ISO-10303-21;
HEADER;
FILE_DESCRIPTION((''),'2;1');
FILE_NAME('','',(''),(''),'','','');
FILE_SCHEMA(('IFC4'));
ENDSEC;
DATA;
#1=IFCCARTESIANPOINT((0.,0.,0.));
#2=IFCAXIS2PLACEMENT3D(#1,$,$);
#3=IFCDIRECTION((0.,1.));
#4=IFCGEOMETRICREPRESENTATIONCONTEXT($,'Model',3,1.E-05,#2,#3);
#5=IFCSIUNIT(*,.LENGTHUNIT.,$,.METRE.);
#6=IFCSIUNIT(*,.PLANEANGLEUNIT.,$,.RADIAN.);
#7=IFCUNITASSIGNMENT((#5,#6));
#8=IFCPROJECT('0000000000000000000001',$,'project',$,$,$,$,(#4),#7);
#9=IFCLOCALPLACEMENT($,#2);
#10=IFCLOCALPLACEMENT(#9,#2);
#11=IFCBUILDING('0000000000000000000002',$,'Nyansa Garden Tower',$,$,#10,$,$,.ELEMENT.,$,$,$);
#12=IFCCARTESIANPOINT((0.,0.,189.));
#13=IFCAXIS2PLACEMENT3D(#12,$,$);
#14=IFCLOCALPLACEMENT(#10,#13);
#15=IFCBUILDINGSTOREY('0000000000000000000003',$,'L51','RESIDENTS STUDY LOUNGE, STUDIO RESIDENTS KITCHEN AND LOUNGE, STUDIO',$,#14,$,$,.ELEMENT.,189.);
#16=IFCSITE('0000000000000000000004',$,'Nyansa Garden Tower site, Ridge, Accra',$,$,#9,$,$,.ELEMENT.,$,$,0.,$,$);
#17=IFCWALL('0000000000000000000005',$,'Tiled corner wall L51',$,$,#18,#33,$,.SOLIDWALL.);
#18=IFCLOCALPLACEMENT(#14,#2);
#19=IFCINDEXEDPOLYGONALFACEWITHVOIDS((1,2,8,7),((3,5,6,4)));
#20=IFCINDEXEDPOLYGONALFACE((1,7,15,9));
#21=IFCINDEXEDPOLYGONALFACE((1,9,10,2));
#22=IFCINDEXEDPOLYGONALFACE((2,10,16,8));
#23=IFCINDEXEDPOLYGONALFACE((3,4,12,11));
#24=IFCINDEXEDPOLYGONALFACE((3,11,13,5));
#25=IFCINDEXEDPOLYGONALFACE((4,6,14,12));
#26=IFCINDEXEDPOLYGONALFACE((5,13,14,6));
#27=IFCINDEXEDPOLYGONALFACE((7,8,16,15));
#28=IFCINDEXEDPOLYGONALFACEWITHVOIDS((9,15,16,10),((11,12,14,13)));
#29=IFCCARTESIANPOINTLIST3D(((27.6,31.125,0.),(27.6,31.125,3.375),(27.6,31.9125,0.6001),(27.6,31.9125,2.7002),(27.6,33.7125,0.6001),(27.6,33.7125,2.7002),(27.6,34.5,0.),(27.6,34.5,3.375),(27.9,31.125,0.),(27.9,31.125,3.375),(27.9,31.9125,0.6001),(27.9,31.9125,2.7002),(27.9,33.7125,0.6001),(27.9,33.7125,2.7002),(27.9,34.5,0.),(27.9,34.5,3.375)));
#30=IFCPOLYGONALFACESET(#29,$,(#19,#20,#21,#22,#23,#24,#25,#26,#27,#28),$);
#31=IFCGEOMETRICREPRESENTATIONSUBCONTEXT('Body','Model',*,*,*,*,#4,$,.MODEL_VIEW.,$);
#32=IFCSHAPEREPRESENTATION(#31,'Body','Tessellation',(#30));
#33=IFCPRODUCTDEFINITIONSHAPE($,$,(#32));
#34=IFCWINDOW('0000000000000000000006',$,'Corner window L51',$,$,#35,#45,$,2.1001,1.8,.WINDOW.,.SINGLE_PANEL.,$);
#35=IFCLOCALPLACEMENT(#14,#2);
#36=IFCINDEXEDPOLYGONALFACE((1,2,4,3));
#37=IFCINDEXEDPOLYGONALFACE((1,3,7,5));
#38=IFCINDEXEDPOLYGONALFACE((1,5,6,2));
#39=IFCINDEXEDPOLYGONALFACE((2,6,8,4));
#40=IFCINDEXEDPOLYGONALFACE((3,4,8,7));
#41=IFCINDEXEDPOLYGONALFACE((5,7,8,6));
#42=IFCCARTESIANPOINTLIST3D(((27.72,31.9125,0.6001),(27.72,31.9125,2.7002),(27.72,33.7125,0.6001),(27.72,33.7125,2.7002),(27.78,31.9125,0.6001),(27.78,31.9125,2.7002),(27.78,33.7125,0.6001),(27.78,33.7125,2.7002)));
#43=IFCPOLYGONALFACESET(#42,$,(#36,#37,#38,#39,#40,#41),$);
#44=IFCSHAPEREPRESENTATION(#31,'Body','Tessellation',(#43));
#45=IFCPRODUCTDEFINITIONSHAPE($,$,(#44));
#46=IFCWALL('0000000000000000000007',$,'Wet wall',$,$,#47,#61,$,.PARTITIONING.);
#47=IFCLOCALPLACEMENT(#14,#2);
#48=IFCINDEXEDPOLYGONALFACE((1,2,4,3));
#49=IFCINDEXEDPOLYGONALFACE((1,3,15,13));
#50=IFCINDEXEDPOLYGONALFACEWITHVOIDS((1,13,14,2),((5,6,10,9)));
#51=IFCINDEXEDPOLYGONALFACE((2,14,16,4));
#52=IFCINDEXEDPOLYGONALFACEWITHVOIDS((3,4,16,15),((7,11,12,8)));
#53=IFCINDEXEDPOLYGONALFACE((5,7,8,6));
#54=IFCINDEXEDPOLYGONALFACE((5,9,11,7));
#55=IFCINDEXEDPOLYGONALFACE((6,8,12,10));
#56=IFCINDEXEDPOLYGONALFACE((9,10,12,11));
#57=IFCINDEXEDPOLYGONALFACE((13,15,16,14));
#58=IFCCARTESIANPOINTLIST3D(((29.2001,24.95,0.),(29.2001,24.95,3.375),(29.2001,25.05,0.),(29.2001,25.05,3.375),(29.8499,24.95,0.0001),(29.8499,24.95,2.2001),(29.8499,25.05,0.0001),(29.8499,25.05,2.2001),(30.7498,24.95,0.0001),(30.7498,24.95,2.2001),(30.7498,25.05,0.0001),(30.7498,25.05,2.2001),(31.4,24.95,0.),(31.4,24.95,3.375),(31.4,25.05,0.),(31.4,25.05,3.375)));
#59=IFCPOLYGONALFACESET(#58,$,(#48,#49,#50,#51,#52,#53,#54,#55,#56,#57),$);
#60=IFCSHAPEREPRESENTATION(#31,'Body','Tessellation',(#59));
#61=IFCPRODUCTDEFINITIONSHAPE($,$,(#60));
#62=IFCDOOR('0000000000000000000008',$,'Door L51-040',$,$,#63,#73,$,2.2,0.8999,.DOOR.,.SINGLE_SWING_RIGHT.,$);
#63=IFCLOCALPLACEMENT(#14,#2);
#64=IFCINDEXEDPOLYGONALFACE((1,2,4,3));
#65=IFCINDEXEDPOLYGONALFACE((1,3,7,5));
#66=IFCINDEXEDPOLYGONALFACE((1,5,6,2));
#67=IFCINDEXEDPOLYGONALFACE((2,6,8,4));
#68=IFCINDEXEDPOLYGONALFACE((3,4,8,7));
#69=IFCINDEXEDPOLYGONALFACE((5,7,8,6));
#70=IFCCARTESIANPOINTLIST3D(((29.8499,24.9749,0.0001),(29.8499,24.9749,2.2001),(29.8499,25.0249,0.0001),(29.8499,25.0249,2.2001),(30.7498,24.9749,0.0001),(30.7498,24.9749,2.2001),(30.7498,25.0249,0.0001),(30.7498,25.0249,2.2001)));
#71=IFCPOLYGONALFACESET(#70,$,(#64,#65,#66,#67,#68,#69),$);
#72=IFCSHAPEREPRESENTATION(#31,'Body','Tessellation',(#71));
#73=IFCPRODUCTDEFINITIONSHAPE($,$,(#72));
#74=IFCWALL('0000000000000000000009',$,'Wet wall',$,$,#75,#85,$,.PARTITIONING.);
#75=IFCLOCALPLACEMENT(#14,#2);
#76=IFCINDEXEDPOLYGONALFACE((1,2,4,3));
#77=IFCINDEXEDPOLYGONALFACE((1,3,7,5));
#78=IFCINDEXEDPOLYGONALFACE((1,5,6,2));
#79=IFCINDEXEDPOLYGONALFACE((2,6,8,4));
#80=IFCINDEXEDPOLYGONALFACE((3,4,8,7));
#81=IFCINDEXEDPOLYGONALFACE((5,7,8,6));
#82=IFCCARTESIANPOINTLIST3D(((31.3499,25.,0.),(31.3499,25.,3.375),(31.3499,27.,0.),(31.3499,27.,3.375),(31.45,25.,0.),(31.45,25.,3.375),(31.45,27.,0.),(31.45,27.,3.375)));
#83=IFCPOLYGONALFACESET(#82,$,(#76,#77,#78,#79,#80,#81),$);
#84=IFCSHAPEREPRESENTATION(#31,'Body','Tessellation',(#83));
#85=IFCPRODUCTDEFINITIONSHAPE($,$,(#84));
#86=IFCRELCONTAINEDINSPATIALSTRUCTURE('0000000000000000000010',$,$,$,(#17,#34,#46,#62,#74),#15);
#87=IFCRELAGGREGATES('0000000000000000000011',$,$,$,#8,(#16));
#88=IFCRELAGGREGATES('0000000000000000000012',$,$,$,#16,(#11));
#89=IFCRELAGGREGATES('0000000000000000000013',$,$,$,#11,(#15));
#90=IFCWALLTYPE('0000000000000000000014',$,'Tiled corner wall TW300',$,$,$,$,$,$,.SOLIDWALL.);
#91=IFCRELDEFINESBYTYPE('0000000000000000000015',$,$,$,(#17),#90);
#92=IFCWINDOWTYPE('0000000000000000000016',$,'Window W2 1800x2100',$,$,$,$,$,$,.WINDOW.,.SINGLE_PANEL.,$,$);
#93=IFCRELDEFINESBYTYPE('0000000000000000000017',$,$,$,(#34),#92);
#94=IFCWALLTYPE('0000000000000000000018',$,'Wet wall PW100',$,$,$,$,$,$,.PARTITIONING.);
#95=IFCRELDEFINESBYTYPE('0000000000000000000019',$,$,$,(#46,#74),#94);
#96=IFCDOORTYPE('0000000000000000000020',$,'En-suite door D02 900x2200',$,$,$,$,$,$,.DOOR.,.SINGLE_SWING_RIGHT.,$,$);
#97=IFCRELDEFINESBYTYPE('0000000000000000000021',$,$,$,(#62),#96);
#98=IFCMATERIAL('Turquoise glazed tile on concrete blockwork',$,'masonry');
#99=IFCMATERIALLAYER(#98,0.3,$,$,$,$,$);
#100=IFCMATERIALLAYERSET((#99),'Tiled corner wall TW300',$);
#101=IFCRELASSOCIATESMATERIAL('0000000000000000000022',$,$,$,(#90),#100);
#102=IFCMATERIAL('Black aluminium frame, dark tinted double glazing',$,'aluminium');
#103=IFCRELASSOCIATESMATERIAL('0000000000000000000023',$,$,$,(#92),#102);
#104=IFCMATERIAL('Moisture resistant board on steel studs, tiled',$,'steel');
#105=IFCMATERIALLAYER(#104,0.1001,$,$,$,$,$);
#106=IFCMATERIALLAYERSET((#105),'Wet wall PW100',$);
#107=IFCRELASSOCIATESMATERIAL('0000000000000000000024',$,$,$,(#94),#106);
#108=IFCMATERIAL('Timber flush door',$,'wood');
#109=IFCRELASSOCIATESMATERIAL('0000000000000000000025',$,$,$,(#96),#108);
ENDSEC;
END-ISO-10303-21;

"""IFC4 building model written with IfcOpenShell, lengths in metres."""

from ifc_helpers import new_model, si_unit, direction, frame, frame_2d, origin, place, context, subcontext, project, spatial, rectangle, extrude, material, layer, layer_set, type_object, element, fill, save


model = new_model("IFC4")

# Units and contexts
model_context = context("Model", 3, precision=1e-05, world=origin(), true_north=direction((0.0, 1.0)))
body_context = subcontext(model_context, "Body", "Model", "MODEL_VIEW")
ifc_project = project(units=[si_unit("LENGTHUNIT", "METRE"), si_unit("PLANEANGLEUNIT", "RADIAN")], contexts=[model_context])

# Site, building, storey
site_placement = place(None, origin())
site = spatial("IfcSite", under=ifc_project, at=site_placement, Name="Nyansa Garden Tower site, Ridge, Accra", CompositionType="ELEMENT", RefElevation=0.0)
building_placement = place(site_placement, origin())
building = spatial("IfcBuilding", under=site, at=building_placement, Name="Nyansa Garden Tower", CompositionType="ELEMENT")
storey_placement = place(building_placement, frame((0.0, 0.0, 189.0)))
storey = spatial("IfcBuildingStorey", under=building, at=storey_placement, Name="L51", Description="RESIDENTS STUDY LOUNGE, STUDIO RESIDENTS KITCHEN AND LOUNGE, STUDIO", CompositionType="ELEMENT", Elevation=189.0)

# Wall, opening, window
ifc_material_1 = material(Name="Turquoise glazed tile on concrete blockwork", Category="masonry")
ifc_layer_1 = layer(ifc_material_1, 0.3)
ifc_layer_set_1 = layer_set([ifc_layer_1], Name="Tiled corner wall TW300")
wall_type_1 = type_object("IfcWallType", Name="Tiled corner wall TW300", PredefinedType="SOLIDWALL", material=ifc_layer_set_1)
ifc_material_2 = material(Name="Black aluminium frame, dark tinted double glazing", Category="aluminium")
window_type_1 = type_object("IfcWindowType", Name="Window W2 1800x2100", PartitioningType="SINGLE_PANEL", PredefinedType="WINDOW", material=ifc_material_2)
wall_1_placement = place(storey_placement, frame((27.75, 31.125, 0.0), z_axis=(0.0, 0.0, 1.0), x_axis=(0.0, 1.0, 0.0)))
wall_1 = element("IfcWall", 1, at=wall_1_placement, inside=storey, type_object=wall_type_1, Name="Tiled corner wall L51", PredefinedType="SOLIDWALL", context=body_context, shape_type="SweptSolid", body=[
    extrude(rectangle(XDim=3.375, YDim=0.3, at=frame_2d((1.6875, 0.0))), origin(), (0.0, 0.0, 1.0), 3.375),
])
opening_1_placement = place(wall_1_placement, frame((0.7876, 0.0, 0.6001)))
opening_1 = element("IfcOpeningElement", 2, at=opening_1_placement, cuts=wall_1, PredefinedType="OPENING", context=body_context, shape_type="SweptSolid", body=[
    extrude(rectangle(XDim=1.8, YDim=2.1001, at=frame_2d((0.8999, 1.05))), frame((0.0, 0.1599, 0.0), z_axis=(0.0, -1.0, 0.0), x_axis=(1.0, 0.0, 0.0)), (0.0, 0.0, 1.0), 0.3201),
])
window_1_placement = place(opening_1_placement, origin())
window_1 = element("IfcWindow", 3, at=window_1_placement, inside=storey, type_object=window_type_1, Name="Corner window L51", OverallHeight=2.1001, OverallWidth=1.8, PartitioningType="SINGLE_PANEL", PredefinedType="WINDOW", context=body_context, shape_type="SweptSolid", body=[
    extrude(rectangle(XDim=1.8, YDim=2.1001, at=frame_2d((0.8999, 1.05))), frame((0.0, 0.03, 0.0), z_axis=(0.0, -1.0, 0.0), x_axis=(1.0, 0.0, 0.0)), (0.0, 0.0, 1.0), 0.0601),
])
fill(opening_1, window_1)

# Wall, opening, door
ifc_material_3 = material(Name="Moisture resistant board on steel studs, tiled", Category="steel")
ifc_layer_2 = layer(ifc_material_3, 0.1001)
ifc_layer_set_2 = layer_set([ifc_layer_2], Name="Wet wall PW100")
wall_type_2 = type_object("IfcWallType", Name="Wet wall PW100", PredefinedType="PARTITIONING", material=ifc_layer_set_2)
wall_2_placement = place(storey_placement, frame((29.2, 25.0, 0.0), z_axis=(0.0, 0.0, 1.0), x_axis=(1.0, 0.0, 0.0)))
wall_2 = element("IfcWall", 4, at=wall_2_placement, inside=storey, type_object=wall_type_2, Name="Wet wall", PredefinedType="PARTITIONING", context=body_context, shape_type="SweptSolid", body=[
    extrude(rectangle(XDim=2.2, YDim=0.1001, at=frame_2d((1.1001, 0.0))), origin(), (0.0, 0.0, 1.0), 3.375),
])
opening_2_placement = place(wall_2_placement, frame((0.6499, 0.0, 0.0)))
opening_2 = element("IfcOpeningElement", 5, at=opening_2_placement, cuts=wall_2, PredefinedType="OPENING", context=body_context, shape_type="SweptSolid", body=[
    extrude(rectangle(XDim=0.8999, YDim=2.2, at=frame_2d((0.45, 1.1001))), frame((0.0, 0.0601, 0.0), z_axis=(0.0, -1.0, 0.0), x_axis=(1.0, 0.0, 0.0)), (0.0, 0.0, 1.0), 0.1201),
])
ifc_material_4 = material(Name="Timber flush door", Category="wood")
door_type_1 = type_object("IfcDoorType", Name="En-suite door D02 900x2200", OperationType="SINGLE_SWING_RIGHT", PredefinedType="DOOR", material=ifc_material_4)
door_1_placement = place(opening_2_placement, origin())
door_1 = element("IfcDoor", 6, at=door_1_placement, inside=storey, type_object=door_type_1, Name="Door L51-040", OperationType="SINGLE_SWING_RIGHT", OverallHeight=2.2, OverallWidth=0.8999, PredefinedType="DOOR", context=body_context, shape_type="SweptSolid", body=[
    extrude(rectangle(XDim=0.8999, YDim=2.2, at=frame_2d((0.45, 1.1001))), frame((0.0, 0.0249, 0.0), z_axis=(0.0, -1.0, 0.0), x_axis=(1.0, 0.0, 0.0)), (0.0, 0.0, 1.0), 0.05),
])
fill(opening_2, door_1)

# Wall
wall_3_placement = place(storey_placement, frame((31.3999, 25.0, 0.0), z_axis=(0.0, 0.0, 1.0), x_axis=(0.0, 1.0, 0.0)))
element("IfcWall", 7, at=wall_3_placement, inside=storey, type_object=wall_type_2, Name="Wet wall", PredefinedType="PARTITIONING", context=body_context, shape_type="SweptSolid", body=[
    extrude(rectangle(XDim=2.0, YDim=0.1001, at=frame_2d((1.0, 0.0))), origin(), (0.0, 0.0, 1.0), 3.375),
])

save(model, "model.ifc")
